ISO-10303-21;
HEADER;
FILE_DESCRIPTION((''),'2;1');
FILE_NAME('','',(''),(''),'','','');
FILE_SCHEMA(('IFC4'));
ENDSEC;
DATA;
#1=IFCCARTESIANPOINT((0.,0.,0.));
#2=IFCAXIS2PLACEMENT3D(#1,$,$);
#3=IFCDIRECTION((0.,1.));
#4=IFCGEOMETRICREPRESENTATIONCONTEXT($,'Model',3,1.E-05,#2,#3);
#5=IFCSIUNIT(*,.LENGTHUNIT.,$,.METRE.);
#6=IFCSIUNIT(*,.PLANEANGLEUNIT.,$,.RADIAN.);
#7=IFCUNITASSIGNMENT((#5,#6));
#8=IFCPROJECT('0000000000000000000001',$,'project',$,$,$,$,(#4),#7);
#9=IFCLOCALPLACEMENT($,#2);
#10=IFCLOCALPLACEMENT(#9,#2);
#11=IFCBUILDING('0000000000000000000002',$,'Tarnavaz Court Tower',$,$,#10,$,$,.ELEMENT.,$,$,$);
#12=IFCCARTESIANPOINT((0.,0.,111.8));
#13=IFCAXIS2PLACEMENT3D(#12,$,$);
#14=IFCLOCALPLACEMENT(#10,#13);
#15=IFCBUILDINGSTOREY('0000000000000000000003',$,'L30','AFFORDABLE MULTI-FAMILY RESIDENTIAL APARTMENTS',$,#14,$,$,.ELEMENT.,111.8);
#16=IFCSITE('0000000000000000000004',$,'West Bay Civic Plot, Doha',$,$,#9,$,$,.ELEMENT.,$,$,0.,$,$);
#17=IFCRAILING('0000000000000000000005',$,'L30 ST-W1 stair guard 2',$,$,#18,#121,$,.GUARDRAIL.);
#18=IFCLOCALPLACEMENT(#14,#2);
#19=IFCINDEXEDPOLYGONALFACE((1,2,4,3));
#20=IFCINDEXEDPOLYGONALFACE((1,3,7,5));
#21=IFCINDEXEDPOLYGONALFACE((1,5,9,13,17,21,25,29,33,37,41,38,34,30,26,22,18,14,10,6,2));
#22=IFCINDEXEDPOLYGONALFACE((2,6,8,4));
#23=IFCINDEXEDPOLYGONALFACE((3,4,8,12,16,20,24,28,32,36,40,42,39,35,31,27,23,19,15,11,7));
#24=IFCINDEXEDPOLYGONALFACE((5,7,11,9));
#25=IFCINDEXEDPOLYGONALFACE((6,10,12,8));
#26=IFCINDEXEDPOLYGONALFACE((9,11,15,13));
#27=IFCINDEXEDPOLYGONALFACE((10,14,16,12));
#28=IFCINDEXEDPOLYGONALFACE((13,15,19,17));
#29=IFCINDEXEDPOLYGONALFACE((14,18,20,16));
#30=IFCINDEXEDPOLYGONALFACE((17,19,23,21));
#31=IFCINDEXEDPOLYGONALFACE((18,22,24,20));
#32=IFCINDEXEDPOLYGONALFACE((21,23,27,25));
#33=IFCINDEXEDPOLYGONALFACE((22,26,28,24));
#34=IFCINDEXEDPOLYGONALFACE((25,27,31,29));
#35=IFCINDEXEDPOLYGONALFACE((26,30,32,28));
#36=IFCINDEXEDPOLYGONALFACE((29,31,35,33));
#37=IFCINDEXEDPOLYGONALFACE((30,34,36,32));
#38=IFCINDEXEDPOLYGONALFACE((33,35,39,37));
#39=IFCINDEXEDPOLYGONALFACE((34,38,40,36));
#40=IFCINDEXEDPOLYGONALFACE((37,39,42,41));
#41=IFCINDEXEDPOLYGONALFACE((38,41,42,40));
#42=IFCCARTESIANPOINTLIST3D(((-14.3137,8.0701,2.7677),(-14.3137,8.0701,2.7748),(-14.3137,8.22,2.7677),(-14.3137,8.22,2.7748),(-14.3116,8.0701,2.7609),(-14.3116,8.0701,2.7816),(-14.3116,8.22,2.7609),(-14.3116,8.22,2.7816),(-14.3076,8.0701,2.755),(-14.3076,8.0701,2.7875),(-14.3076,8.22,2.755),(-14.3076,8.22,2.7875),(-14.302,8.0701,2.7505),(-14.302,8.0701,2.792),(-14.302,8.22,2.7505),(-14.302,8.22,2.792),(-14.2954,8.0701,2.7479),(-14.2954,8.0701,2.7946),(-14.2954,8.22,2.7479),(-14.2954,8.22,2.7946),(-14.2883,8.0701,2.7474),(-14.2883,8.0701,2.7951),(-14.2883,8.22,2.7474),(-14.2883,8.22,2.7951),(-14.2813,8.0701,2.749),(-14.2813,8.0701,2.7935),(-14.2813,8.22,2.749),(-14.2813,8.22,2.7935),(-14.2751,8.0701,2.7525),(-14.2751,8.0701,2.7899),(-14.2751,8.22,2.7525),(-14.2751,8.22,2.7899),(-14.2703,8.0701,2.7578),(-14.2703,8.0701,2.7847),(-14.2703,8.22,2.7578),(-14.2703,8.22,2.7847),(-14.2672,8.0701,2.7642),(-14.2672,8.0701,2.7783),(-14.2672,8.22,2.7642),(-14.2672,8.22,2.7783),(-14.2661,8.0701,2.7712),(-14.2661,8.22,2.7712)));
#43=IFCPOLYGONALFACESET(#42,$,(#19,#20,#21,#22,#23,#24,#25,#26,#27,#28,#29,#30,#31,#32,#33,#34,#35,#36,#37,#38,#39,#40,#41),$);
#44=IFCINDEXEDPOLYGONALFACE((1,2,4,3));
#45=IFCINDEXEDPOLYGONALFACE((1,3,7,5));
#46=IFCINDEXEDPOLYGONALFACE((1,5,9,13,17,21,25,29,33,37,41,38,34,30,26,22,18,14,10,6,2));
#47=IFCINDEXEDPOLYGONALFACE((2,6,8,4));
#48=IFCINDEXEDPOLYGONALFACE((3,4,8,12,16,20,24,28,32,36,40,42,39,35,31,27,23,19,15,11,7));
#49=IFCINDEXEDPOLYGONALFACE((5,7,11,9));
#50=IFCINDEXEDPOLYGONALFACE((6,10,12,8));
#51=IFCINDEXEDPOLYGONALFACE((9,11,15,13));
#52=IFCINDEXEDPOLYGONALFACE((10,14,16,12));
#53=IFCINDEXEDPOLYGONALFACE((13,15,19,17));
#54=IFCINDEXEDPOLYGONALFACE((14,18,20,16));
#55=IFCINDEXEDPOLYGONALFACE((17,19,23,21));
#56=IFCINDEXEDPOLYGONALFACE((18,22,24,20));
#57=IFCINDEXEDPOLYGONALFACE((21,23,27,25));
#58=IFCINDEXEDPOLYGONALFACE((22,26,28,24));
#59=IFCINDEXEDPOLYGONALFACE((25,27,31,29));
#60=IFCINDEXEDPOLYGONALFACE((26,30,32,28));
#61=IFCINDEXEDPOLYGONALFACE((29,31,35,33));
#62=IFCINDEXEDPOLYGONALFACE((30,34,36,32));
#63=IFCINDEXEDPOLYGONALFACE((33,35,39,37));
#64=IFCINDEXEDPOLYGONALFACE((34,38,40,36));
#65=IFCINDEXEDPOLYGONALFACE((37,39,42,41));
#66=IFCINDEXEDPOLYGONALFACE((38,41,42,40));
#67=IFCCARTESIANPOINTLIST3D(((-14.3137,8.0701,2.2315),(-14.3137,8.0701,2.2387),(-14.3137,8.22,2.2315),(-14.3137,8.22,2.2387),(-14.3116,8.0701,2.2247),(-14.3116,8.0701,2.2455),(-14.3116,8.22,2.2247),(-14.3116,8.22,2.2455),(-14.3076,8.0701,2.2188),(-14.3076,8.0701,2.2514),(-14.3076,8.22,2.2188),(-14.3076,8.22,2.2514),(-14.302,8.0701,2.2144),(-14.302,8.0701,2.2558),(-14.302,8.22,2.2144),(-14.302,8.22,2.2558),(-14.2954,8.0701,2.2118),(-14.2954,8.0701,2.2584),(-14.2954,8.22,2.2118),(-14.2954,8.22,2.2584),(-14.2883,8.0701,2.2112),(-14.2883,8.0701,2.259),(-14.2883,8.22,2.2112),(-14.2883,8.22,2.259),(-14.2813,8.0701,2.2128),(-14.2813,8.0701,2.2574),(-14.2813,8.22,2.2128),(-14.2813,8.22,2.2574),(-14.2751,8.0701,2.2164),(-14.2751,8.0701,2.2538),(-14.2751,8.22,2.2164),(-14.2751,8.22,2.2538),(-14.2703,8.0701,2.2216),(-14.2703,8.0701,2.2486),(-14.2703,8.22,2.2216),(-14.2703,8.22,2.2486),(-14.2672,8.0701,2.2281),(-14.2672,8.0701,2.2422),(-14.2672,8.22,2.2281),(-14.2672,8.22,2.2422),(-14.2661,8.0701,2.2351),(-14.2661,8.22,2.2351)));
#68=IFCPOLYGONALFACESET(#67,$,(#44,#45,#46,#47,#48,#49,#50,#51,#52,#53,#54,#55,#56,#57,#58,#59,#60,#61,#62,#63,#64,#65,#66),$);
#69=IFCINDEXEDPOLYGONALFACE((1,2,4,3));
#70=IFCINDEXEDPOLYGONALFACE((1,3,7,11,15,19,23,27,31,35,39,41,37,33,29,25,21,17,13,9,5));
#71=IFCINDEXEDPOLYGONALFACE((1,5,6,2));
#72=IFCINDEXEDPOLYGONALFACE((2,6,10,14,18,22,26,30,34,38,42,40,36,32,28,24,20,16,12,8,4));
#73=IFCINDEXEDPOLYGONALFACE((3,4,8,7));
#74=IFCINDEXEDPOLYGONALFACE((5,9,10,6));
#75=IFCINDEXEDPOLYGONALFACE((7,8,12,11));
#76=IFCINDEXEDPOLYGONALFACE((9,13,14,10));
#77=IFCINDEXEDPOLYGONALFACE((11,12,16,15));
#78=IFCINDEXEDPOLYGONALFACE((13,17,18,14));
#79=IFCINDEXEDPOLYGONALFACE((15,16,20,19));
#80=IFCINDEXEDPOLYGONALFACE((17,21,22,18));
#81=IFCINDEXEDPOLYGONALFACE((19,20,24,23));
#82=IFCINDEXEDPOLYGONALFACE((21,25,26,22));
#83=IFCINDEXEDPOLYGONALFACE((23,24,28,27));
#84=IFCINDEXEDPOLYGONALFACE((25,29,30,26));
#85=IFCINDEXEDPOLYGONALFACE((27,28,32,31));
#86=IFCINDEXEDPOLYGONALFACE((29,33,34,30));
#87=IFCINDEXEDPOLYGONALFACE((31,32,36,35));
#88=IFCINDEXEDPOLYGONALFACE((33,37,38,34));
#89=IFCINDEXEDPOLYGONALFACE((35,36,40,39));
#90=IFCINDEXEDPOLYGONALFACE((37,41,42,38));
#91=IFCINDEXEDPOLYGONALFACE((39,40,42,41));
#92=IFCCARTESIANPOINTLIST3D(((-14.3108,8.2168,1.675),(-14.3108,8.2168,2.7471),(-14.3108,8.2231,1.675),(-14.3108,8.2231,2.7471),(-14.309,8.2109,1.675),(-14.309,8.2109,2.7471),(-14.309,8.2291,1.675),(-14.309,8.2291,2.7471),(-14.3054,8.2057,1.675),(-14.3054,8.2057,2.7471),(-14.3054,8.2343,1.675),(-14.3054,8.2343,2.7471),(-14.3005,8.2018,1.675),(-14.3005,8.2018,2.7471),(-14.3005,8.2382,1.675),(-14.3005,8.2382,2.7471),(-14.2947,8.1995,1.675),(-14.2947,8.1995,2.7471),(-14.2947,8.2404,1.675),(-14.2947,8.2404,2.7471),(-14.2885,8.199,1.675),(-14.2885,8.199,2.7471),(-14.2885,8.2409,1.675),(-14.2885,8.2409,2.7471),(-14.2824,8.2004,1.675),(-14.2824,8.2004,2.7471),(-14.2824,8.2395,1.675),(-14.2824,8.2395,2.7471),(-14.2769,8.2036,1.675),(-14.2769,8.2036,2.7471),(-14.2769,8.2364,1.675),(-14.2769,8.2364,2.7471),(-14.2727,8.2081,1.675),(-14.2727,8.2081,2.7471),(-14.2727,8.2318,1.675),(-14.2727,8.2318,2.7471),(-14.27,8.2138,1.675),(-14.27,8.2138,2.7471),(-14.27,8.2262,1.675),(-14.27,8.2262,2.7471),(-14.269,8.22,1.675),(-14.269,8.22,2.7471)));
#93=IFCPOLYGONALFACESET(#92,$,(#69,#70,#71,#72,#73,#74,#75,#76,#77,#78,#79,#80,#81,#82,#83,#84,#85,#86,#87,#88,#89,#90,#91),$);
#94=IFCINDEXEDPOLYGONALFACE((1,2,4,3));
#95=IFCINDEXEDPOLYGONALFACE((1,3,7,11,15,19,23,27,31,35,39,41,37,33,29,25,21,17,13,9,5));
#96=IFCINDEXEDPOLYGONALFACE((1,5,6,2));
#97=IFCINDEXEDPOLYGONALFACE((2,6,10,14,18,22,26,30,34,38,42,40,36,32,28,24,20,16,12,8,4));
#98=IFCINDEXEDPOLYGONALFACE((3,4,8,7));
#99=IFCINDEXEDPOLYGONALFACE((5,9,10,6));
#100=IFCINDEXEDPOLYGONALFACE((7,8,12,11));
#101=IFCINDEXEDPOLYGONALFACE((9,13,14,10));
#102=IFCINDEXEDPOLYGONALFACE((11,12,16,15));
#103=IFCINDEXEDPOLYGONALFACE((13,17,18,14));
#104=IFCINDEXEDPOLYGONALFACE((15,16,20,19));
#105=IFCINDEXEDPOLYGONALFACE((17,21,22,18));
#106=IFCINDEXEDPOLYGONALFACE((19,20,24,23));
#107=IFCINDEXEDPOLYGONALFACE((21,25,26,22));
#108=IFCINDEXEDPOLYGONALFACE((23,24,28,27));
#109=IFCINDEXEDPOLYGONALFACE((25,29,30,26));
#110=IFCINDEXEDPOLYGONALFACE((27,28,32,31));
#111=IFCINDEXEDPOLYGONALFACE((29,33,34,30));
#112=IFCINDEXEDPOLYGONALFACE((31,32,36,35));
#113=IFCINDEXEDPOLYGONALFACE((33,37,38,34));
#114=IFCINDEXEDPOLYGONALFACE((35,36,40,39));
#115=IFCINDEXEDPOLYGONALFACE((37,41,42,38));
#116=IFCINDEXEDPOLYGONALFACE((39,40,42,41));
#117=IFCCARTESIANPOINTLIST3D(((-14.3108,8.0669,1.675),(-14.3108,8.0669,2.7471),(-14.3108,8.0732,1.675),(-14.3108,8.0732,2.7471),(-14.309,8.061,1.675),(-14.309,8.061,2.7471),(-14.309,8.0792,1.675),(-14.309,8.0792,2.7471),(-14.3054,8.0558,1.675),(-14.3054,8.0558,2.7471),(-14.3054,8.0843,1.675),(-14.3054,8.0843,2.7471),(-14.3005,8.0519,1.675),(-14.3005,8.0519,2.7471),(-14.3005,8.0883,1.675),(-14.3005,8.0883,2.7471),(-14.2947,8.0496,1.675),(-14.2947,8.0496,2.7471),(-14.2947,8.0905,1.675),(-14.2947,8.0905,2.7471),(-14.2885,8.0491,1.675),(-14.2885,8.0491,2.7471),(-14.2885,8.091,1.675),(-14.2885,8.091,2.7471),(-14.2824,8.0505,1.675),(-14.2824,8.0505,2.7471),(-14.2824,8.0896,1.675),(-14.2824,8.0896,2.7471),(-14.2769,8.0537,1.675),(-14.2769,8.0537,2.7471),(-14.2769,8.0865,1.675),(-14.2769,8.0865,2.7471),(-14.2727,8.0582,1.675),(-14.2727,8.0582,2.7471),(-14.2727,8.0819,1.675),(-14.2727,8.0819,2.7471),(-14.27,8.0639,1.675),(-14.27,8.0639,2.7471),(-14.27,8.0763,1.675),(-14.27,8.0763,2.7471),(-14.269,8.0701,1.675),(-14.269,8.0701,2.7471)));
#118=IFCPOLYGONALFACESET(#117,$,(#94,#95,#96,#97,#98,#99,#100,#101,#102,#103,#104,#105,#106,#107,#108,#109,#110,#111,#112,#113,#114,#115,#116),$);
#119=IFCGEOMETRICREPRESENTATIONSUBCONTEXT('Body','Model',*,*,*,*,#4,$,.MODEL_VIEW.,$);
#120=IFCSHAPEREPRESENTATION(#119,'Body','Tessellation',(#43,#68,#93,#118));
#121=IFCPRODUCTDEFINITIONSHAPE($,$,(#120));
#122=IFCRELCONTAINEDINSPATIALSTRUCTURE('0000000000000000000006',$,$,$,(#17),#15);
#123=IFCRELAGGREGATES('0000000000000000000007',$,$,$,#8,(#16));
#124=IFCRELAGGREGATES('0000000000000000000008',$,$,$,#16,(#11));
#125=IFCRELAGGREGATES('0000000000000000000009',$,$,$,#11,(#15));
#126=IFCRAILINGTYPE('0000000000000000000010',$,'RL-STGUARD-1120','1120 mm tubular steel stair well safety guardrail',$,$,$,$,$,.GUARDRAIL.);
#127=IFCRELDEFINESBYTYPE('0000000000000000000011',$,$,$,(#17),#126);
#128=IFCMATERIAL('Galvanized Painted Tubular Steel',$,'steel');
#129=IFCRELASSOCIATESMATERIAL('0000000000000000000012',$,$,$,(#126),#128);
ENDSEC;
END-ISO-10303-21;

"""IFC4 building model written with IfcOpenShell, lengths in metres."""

from ifc_helpers import new_model, si_unit, direction, frame, origin, origin_2d, place, context, subcontext, project, spatial, circle, extrude, material, type_object, element, save


model = new_model("IFC4")

# Units and contexts
model_context = context("Model", 3, precision=1e-05, world=origin(), true_north=direction((0.0, 1.0)))
body_context = subcontext(model_context, "Body", "Model", "MODEL_VIEW")
ifc_project = project(units=[si_unit("LENGTHUNIT", "METRE"), si_unit("PLANEANGLEUNIT", "RADIAN")], contexts=[model_context])

# Site, building, storey
site_placement = place(None, origin())
site = spatial("IfcSite", under=ifc_project, at=site_placement, Name="West Bay Civic Plot, Doha", CompositionType="ELEMENT", RefElevation=0.0)
building_placement = place(site_placement, origin())
building = spatial("IfcBuilding", under=site, at=building_placement, Name="Tarnavaz Court Tower", CompositionType="ELEMENT")
storey_placement = place(building_placement, frame((0.0, 0.0, 111.8)))
storey = spatial("IfcBuildingStorey", under=building, at=storey_placement, Name="L30", Description="AFFORDABLE MULTI-FAMILY RESIDENTIAL APARTMENTS", CompositionType="ELEMENT", Elevation=111.8)

# Railing
ifc_material_1 = material(Name="Galvanized Painted Tubular Steel", Category="steel")
railing_type_1 = type_object("IfcRailingType", Name="RL-STGUARD-1120", Description="1120 mm tubular steel stair well safety guardrail", PredefinedType="GUARDRAIL", material=ifc_material_1)
railing_1_placement = place(storey_placement, frame((-14.29, 8.22, 1.675)))
element("IfcRailing", 1, at=railing_1_placement, inside=storey, type_object=railing_type_1, Name="L30 ST-W1 stair guard 2", PredefinedType="GUARDRAIL", context=body_context, shape_type="SweptSolid", body=[
    extrude(circle(Radius=0.0239, at=origin_2d()), frame((0.0, 0.0, 1.0962), z_axis=(0.0, -1.0, 0.0), x_axis=(1.0, 0.0, 0.0)), (0.0, 0.0, 1.0), 0.1499),
    extrude(circle(Radius=0.0239, at=origin_2d()), frame((0.0, 0.0, 0.5601), z_axis=(0.0, -1.0, 0.0), x_axis=(1.0, 0.0, 0.0)), (0.0, 0.0, 1.0), 0.1499),
    extrude(circle(Radius=0.021, at=origin_2d()), origin(), (0.0, 0.0, 1.0), 1.072),
    extrude(circle(Radius=0.021, at=origin_2d()), frame((0.0, -0.1499, 0.0)), (0.0, 0.0, 1.0), 1.072),
])

save(model, "model.ifc")
